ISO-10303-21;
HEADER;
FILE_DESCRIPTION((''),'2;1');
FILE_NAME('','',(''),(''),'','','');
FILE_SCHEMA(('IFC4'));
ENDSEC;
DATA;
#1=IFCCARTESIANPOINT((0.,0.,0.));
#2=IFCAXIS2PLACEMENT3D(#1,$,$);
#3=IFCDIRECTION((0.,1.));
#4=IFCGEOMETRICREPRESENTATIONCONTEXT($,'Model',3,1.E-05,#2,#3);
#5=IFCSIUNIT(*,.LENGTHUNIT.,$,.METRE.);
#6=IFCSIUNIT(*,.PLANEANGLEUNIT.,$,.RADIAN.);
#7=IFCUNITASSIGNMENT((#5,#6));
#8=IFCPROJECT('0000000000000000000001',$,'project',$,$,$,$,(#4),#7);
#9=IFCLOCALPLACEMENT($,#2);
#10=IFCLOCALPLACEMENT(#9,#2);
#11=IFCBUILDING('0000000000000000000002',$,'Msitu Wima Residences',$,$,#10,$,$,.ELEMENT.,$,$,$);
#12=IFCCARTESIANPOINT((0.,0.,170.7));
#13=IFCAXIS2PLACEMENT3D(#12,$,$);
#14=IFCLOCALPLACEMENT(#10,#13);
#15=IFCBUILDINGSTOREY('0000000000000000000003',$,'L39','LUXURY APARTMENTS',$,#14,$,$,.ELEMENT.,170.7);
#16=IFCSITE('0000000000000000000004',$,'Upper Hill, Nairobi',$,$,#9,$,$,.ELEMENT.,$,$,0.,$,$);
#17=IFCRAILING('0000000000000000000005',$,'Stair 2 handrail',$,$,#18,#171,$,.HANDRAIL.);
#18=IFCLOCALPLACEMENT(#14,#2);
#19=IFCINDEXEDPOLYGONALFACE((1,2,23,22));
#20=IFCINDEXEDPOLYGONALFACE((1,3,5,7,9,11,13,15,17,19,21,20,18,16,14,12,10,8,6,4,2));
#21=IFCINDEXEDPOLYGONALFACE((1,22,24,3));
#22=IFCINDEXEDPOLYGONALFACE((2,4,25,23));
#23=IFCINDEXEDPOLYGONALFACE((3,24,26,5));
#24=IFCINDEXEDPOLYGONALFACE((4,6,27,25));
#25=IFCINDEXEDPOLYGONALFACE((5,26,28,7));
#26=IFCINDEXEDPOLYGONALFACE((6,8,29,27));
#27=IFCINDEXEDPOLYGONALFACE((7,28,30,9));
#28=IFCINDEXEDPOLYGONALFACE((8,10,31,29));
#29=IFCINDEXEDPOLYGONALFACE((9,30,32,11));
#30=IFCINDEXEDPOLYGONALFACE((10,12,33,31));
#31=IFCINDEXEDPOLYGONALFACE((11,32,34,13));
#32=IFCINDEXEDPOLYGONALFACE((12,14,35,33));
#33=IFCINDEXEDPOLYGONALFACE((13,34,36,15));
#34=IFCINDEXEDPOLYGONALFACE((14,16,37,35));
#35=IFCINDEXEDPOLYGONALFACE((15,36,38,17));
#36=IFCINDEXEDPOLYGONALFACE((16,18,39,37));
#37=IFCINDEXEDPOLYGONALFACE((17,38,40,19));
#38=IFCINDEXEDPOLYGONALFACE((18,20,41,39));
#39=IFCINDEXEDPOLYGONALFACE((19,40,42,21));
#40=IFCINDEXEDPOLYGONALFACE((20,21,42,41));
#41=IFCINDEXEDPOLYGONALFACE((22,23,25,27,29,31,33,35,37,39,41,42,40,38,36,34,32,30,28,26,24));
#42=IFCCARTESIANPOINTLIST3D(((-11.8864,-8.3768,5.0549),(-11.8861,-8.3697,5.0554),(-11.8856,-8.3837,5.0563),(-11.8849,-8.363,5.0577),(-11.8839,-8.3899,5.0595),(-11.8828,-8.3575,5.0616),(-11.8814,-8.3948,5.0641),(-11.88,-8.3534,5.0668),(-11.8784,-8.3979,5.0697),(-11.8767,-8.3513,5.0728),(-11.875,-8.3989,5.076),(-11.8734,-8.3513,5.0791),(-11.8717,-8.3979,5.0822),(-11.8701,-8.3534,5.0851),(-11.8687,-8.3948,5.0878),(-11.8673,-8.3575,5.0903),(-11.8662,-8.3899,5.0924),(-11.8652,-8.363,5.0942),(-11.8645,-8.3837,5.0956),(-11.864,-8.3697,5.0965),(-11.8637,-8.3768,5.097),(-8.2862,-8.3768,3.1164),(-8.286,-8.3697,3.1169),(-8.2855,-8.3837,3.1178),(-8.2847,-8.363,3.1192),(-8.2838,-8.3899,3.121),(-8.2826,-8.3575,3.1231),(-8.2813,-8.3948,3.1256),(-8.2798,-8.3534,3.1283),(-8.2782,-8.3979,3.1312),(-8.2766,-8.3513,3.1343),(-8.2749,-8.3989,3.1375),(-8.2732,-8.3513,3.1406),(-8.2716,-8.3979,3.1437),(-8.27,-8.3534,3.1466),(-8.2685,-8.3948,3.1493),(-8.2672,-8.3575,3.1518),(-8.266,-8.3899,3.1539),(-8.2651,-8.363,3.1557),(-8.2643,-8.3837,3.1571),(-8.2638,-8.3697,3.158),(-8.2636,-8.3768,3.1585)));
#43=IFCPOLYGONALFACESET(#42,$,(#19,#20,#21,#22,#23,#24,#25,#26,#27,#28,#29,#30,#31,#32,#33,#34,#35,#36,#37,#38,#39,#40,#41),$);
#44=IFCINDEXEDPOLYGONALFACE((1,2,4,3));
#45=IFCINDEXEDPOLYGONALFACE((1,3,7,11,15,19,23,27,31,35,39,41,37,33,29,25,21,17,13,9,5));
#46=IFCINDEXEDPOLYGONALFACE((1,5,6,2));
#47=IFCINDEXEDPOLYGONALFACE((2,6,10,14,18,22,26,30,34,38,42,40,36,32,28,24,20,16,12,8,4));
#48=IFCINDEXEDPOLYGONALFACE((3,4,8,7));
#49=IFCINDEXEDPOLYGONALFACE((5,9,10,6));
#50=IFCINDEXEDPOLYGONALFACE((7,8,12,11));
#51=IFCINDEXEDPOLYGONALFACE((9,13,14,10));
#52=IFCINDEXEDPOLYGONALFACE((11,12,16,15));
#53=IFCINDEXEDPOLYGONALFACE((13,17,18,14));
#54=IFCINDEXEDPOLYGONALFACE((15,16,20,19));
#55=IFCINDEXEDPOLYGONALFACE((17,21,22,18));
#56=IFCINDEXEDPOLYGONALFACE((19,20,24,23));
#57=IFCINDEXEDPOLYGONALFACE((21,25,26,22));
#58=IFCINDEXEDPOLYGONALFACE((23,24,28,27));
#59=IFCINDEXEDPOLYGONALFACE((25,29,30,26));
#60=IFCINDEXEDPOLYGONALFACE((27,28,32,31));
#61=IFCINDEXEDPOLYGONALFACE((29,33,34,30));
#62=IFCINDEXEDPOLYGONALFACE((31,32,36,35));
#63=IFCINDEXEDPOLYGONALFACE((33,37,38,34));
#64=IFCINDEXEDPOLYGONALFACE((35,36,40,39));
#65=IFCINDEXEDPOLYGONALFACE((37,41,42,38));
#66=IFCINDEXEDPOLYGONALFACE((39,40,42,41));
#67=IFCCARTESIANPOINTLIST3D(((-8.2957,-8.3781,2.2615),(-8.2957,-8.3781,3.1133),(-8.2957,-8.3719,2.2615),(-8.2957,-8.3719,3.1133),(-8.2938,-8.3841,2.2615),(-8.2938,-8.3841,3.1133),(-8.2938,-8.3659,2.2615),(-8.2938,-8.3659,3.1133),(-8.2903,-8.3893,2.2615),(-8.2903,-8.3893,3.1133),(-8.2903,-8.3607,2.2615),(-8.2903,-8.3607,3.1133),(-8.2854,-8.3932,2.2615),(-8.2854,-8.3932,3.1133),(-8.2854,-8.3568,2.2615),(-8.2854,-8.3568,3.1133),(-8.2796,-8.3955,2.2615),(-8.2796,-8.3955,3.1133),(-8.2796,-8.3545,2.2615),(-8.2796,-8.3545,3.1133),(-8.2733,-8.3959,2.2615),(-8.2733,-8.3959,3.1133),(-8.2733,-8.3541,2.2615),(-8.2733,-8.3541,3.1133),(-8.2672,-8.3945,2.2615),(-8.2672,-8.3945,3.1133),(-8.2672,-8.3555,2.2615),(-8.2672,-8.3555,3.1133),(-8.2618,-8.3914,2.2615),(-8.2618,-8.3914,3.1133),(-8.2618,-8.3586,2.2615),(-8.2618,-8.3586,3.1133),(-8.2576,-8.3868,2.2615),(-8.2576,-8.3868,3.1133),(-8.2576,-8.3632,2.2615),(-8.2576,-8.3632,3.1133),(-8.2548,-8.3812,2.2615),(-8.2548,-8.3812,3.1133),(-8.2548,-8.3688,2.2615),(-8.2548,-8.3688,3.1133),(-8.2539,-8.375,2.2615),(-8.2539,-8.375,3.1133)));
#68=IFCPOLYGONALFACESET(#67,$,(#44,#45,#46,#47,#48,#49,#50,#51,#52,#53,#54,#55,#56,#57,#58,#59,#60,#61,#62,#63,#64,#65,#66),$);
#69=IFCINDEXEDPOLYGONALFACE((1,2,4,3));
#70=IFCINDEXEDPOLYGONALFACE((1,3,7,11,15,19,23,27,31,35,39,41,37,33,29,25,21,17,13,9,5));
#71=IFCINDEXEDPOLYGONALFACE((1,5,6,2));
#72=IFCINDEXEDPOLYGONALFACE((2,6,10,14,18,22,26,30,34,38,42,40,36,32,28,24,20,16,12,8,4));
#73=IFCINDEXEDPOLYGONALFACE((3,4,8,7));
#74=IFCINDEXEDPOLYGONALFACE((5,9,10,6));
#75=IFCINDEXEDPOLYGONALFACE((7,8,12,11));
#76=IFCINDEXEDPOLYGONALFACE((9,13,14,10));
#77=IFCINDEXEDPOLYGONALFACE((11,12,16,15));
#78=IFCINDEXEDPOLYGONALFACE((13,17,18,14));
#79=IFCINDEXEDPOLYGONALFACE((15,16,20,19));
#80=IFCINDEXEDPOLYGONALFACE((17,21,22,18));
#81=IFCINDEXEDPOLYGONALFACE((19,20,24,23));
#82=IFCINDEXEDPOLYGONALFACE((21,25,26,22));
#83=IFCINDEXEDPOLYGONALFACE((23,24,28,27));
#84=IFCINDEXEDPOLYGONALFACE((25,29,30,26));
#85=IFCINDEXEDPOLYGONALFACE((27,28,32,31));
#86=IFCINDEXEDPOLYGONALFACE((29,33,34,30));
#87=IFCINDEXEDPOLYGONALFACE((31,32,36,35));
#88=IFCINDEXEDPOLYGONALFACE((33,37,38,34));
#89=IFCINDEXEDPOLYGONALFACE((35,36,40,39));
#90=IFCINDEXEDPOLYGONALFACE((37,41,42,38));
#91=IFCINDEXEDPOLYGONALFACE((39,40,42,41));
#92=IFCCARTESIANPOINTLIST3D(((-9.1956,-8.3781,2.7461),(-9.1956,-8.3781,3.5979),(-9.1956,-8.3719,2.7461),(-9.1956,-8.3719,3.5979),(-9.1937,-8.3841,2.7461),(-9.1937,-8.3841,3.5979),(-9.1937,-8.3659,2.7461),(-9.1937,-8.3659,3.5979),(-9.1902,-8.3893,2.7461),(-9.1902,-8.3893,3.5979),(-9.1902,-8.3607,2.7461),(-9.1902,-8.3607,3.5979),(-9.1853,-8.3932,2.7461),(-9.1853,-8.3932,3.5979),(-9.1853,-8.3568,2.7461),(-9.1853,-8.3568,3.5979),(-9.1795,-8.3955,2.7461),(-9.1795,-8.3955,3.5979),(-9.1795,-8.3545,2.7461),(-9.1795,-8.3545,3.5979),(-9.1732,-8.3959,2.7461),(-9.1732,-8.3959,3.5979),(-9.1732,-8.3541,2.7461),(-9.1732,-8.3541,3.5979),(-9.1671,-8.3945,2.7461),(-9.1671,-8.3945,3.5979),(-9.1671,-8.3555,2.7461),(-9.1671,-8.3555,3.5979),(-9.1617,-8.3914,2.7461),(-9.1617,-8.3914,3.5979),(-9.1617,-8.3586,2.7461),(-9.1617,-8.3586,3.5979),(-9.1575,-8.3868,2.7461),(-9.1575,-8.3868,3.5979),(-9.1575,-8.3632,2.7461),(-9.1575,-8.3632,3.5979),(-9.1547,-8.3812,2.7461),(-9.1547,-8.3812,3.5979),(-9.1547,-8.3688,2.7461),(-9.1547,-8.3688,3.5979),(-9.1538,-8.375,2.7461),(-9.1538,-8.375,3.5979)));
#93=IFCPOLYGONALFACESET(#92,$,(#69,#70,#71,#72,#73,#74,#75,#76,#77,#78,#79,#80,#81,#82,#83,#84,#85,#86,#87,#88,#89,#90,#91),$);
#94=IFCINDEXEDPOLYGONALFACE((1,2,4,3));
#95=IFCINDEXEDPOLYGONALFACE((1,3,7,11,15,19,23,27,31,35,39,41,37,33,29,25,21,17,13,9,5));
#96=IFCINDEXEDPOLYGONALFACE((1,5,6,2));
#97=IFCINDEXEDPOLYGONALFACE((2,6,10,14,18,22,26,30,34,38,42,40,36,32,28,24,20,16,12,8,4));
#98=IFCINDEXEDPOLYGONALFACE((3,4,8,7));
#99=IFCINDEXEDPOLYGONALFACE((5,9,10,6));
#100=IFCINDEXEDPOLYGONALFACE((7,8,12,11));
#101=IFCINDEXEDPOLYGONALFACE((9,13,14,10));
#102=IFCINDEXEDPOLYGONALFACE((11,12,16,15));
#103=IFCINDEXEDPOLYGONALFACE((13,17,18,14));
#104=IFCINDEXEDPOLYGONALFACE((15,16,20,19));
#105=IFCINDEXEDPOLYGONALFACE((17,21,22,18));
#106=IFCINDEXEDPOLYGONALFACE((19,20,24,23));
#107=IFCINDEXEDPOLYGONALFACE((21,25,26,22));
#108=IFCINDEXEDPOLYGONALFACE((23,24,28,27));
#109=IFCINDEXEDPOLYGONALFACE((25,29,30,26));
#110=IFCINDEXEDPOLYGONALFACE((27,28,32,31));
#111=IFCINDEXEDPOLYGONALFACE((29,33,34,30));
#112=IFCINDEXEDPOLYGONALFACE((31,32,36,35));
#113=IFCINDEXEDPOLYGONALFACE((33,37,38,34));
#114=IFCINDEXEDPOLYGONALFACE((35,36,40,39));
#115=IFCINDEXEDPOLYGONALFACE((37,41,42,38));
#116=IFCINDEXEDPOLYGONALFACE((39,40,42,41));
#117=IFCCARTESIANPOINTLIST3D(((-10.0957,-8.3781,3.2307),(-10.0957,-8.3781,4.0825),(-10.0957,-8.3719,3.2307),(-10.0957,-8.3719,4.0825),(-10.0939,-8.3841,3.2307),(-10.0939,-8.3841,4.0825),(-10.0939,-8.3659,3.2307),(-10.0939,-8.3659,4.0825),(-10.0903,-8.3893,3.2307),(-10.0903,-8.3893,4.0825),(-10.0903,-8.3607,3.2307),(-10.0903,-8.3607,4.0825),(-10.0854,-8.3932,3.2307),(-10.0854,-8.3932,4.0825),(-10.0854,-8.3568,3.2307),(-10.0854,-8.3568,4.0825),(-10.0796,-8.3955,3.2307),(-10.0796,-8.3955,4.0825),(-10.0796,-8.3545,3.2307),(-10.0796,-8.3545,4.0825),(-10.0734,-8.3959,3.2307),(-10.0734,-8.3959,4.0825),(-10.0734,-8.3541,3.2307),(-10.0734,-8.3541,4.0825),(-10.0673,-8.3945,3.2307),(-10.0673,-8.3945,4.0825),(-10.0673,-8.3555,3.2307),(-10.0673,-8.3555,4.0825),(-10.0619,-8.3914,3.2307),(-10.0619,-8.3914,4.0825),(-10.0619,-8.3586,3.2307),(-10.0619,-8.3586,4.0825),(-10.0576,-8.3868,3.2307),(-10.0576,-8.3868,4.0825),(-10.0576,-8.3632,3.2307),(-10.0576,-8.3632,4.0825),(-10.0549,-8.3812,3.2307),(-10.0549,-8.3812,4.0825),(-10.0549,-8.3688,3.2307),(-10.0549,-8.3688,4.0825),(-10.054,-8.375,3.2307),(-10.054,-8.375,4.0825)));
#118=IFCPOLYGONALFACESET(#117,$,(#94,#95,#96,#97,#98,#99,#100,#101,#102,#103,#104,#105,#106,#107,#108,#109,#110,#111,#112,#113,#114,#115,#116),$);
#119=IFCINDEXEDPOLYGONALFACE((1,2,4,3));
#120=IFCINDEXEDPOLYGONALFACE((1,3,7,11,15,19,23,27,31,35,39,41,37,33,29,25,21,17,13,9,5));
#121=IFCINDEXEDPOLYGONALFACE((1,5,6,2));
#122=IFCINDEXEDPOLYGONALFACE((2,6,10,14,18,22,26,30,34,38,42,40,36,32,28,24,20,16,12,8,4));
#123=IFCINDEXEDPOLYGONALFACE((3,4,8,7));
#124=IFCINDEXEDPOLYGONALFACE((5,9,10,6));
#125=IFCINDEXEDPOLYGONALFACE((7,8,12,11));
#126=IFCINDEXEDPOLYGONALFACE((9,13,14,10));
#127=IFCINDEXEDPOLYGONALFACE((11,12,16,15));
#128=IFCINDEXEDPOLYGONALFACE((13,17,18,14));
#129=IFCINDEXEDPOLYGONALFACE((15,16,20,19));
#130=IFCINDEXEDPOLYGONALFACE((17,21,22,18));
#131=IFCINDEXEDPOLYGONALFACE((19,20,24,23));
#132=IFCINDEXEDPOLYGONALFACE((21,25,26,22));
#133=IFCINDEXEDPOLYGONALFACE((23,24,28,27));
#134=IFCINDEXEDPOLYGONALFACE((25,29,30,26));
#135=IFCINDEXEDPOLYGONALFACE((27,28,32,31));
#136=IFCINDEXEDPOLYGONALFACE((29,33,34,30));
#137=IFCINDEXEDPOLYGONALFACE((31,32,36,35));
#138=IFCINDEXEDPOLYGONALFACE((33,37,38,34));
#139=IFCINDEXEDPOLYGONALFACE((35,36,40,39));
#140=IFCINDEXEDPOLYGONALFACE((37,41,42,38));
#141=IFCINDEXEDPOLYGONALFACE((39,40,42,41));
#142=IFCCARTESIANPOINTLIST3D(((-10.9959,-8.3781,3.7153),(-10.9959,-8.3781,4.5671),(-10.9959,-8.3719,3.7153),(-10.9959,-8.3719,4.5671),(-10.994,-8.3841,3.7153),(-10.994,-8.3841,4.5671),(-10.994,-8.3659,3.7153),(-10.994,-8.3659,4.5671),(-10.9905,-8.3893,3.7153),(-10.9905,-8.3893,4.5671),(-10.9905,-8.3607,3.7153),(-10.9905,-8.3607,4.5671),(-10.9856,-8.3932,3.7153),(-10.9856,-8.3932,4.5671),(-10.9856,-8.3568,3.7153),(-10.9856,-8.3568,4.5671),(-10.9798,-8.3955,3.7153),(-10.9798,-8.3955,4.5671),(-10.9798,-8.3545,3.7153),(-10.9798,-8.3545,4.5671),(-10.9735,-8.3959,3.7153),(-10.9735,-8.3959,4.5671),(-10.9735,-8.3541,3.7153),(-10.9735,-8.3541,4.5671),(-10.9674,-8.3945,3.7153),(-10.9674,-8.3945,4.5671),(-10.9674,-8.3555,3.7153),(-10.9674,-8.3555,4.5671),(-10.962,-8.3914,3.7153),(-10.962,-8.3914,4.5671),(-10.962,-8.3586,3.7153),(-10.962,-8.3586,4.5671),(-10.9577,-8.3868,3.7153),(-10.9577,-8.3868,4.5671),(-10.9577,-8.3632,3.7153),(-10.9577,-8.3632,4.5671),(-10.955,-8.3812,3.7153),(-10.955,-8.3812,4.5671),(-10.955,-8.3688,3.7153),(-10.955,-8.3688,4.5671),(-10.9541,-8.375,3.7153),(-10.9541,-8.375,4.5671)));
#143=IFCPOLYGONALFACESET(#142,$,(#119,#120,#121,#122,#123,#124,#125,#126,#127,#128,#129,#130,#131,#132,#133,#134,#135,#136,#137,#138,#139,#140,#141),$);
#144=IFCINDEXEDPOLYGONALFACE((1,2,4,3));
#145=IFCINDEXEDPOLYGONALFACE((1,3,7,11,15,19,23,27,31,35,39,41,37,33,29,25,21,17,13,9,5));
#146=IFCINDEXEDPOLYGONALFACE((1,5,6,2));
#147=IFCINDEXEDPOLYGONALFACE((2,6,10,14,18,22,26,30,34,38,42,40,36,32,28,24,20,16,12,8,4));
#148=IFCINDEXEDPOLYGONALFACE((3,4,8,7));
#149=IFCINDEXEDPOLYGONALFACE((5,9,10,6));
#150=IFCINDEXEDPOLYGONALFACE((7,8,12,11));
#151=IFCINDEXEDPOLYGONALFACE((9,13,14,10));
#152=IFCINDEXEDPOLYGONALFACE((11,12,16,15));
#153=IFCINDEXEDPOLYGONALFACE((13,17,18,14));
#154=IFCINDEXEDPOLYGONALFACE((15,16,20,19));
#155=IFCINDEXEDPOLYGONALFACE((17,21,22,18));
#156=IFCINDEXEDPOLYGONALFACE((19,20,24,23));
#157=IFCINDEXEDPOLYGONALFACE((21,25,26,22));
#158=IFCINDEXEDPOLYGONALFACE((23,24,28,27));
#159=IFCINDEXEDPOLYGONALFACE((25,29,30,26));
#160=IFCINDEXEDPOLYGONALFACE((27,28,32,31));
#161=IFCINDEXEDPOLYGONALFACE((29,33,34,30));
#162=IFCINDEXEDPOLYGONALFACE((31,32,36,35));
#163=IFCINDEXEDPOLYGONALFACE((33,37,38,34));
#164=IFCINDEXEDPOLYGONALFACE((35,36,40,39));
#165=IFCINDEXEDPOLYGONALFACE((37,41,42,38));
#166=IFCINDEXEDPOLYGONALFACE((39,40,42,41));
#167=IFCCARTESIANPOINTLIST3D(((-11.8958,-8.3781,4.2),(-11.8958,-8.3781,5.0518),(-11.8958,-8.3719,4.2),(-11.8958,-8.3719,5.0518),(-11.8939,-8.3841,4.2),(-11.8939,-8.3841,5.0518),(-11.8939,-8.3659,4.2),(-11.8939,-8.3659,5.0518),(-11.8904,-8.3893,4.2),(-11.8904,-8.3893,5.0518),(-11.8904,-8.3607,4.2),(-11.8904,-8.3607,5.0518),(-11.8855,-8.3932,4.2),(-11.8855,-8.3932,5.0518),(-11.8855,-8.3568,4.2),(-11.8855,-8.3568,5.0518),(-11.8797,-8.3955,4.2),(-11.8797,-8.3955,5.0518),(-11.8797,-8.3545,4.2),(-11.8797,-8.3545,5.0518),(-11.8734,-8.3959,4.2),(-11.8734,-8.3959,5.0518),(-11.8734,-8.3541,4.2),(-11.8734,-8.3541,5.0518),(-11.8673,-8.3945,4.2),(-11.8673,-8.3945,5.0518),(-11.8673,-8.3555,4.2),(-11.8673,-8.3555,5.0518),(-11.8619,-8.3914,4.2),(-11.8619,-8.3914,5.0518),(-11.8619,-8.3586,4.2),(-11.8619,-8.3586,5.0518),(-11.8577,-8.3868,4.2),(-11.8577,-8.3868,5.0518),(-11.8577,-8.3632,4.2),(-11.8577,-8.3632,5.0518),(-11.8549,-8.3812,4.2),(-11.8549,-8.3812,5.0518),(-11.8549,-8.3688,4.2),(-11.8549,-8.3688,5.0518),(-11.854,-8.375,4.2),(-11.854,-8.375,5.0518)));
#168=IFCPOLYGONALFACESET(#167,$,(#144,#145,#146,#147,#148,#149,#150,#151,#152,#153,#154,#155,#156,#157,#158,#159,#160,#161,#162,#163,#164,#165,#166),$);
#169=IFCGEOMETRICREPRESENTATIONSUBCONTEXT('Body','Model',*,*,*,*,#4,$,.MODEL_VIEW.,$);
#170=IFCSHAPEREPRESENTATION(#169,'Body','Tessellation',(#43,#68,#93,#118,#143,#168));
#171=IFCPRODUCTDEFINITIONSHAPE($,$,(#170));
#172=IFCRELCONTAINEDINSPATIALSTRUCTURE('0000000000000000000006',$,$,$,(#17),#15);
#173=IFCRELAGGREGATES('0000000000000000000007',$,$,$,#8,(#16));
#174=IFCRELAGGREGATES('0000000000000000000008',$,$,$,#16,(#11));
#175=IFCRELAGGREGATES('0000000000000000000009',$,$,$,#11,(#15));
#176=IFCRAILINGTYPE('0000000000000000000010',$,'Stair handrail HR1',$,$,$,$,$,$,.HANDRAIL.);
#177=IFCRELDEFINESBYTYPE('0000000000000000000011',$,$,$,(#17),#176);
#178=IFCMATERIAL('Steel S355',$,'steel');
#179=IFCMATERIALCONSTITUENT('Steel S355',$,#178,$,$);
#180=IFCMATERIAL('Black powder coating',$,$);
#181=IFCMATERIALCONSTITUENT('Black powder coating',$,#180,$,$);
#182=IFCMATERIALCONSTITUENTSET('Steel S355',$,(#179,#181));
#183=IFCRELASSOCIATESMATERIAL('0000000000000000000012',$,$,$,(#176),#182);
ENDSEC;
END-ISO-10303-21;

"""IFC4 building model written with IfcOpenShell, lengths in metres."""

from ifc_helpers import new_model, si_unit, direction, frame, origin, origin_2d, place, context, subcontext, project, spatial, circle, extrude, material, constituent, constituent_set, type_object, element, save


model = new_model("IFC4")

# Units and contexts
model_context = context("Model", 3, precision=1e-05, world=origin(), true_north=direction((0.0, 1.0)))
body_context = subcontext(model_context, "Body", "Model", "MODEL_VIEW")
ifc_project = project(units=[si_unit("LENGTHUNIT", "METRE"), si_unit("PLANEANGLEUNIT", "RADIAN")], contexts=[model_context])

# Site, building, storey
site_placement = place(None, origin())
site = spatial("IfcSite", under=ifc_project, at=site_placement, Name="Upper Hill, Nairobi", CompositionType="ELEMENT", RefElevation=0.0)
building_placement = place(site_placement, origin())
building = spatial("IfcBuilding", under=site, at=building_placement, Name="Msitu Wima Residences", CompositionType="ELEMENT")
storey_placement = place(building_placement, frame((0.0, 0.0, 170.7)))
storey = spatial("IfcBuildingStorey", under=building, at=storey_placement, Name="L39", Description="LUXURY APARTMENTS", CompositionType="ELEMENT", Elevation=170.7)

# Railing
ifc_material_1 = material(Name="Steel S355", Category="steel")
ifc_constituent_1 = constituent(ifc_material_1, Name="Steel S355")
ifc_material_2 = material(Name="Black powder coating")
ifc_constituent_2 = constituent(ifc_material_2, Name="Black powder coating")
ifc_constituent_set = constituent_set(constituents=[ifc_constituent_1, ifc_constituent_2], Name="Steel S355")
railing_type = type_object("IfcRailingType", Name="Stair handrail HR1", PredefinedType="HANDRAIL", material=ifc_constituent_set)
for number, where, name in (
    (1, (-8.2749, -8.375, 2.2615), "Stair 2 handrail"),
):
    element("IfcRailing", number, at=place(storey_placement, frame(where)), inside=storey, type_object=railing_type, Name=name, PredefinedType="HANDRAIL", context=body_context, shape_type="SweptSolid", body=[
        extrude(circle(Radius=0.0239, at=origin_2d()), frame((0.0, 0.0, 0.876), z_axis=(-0.880475, 0.0, 0.474093), x_axis=(0.0, -1.0, 0.0)), (0.0, 0.0, 1.0), 4.0889),
        extrude(circle(Radius=0.021, at=origin_2d()), origin(), (0.0, 0.0, 1.0), 0.8518),
        extrude(circle(Radius=0.021, at=origin_2d()), frame((-0.8999, 0.0, 0.4846)), (0.0, 0.0, 1.0), 0.8518),
        extrude(circle(Radius=0.021, at=origin_2d()), frame((-1.8, 0.0, 0.9692)), (0.0, 0.0, 1.0), 0.8518),
        extrude(circle(Radius=0.021, at=origin_2d()), frame((-2.7002, 0.0, 1.4539)), (0.0, 0.0, 1.0), 0.8518),
        extrude(circle(Radius=0.021, at=origin_2d()), frame((-3.6001, 0.0, 1.9385)), (0.0, 0.0, 1.0), 0.8518),
    ])

save(model, "model.ifc")
